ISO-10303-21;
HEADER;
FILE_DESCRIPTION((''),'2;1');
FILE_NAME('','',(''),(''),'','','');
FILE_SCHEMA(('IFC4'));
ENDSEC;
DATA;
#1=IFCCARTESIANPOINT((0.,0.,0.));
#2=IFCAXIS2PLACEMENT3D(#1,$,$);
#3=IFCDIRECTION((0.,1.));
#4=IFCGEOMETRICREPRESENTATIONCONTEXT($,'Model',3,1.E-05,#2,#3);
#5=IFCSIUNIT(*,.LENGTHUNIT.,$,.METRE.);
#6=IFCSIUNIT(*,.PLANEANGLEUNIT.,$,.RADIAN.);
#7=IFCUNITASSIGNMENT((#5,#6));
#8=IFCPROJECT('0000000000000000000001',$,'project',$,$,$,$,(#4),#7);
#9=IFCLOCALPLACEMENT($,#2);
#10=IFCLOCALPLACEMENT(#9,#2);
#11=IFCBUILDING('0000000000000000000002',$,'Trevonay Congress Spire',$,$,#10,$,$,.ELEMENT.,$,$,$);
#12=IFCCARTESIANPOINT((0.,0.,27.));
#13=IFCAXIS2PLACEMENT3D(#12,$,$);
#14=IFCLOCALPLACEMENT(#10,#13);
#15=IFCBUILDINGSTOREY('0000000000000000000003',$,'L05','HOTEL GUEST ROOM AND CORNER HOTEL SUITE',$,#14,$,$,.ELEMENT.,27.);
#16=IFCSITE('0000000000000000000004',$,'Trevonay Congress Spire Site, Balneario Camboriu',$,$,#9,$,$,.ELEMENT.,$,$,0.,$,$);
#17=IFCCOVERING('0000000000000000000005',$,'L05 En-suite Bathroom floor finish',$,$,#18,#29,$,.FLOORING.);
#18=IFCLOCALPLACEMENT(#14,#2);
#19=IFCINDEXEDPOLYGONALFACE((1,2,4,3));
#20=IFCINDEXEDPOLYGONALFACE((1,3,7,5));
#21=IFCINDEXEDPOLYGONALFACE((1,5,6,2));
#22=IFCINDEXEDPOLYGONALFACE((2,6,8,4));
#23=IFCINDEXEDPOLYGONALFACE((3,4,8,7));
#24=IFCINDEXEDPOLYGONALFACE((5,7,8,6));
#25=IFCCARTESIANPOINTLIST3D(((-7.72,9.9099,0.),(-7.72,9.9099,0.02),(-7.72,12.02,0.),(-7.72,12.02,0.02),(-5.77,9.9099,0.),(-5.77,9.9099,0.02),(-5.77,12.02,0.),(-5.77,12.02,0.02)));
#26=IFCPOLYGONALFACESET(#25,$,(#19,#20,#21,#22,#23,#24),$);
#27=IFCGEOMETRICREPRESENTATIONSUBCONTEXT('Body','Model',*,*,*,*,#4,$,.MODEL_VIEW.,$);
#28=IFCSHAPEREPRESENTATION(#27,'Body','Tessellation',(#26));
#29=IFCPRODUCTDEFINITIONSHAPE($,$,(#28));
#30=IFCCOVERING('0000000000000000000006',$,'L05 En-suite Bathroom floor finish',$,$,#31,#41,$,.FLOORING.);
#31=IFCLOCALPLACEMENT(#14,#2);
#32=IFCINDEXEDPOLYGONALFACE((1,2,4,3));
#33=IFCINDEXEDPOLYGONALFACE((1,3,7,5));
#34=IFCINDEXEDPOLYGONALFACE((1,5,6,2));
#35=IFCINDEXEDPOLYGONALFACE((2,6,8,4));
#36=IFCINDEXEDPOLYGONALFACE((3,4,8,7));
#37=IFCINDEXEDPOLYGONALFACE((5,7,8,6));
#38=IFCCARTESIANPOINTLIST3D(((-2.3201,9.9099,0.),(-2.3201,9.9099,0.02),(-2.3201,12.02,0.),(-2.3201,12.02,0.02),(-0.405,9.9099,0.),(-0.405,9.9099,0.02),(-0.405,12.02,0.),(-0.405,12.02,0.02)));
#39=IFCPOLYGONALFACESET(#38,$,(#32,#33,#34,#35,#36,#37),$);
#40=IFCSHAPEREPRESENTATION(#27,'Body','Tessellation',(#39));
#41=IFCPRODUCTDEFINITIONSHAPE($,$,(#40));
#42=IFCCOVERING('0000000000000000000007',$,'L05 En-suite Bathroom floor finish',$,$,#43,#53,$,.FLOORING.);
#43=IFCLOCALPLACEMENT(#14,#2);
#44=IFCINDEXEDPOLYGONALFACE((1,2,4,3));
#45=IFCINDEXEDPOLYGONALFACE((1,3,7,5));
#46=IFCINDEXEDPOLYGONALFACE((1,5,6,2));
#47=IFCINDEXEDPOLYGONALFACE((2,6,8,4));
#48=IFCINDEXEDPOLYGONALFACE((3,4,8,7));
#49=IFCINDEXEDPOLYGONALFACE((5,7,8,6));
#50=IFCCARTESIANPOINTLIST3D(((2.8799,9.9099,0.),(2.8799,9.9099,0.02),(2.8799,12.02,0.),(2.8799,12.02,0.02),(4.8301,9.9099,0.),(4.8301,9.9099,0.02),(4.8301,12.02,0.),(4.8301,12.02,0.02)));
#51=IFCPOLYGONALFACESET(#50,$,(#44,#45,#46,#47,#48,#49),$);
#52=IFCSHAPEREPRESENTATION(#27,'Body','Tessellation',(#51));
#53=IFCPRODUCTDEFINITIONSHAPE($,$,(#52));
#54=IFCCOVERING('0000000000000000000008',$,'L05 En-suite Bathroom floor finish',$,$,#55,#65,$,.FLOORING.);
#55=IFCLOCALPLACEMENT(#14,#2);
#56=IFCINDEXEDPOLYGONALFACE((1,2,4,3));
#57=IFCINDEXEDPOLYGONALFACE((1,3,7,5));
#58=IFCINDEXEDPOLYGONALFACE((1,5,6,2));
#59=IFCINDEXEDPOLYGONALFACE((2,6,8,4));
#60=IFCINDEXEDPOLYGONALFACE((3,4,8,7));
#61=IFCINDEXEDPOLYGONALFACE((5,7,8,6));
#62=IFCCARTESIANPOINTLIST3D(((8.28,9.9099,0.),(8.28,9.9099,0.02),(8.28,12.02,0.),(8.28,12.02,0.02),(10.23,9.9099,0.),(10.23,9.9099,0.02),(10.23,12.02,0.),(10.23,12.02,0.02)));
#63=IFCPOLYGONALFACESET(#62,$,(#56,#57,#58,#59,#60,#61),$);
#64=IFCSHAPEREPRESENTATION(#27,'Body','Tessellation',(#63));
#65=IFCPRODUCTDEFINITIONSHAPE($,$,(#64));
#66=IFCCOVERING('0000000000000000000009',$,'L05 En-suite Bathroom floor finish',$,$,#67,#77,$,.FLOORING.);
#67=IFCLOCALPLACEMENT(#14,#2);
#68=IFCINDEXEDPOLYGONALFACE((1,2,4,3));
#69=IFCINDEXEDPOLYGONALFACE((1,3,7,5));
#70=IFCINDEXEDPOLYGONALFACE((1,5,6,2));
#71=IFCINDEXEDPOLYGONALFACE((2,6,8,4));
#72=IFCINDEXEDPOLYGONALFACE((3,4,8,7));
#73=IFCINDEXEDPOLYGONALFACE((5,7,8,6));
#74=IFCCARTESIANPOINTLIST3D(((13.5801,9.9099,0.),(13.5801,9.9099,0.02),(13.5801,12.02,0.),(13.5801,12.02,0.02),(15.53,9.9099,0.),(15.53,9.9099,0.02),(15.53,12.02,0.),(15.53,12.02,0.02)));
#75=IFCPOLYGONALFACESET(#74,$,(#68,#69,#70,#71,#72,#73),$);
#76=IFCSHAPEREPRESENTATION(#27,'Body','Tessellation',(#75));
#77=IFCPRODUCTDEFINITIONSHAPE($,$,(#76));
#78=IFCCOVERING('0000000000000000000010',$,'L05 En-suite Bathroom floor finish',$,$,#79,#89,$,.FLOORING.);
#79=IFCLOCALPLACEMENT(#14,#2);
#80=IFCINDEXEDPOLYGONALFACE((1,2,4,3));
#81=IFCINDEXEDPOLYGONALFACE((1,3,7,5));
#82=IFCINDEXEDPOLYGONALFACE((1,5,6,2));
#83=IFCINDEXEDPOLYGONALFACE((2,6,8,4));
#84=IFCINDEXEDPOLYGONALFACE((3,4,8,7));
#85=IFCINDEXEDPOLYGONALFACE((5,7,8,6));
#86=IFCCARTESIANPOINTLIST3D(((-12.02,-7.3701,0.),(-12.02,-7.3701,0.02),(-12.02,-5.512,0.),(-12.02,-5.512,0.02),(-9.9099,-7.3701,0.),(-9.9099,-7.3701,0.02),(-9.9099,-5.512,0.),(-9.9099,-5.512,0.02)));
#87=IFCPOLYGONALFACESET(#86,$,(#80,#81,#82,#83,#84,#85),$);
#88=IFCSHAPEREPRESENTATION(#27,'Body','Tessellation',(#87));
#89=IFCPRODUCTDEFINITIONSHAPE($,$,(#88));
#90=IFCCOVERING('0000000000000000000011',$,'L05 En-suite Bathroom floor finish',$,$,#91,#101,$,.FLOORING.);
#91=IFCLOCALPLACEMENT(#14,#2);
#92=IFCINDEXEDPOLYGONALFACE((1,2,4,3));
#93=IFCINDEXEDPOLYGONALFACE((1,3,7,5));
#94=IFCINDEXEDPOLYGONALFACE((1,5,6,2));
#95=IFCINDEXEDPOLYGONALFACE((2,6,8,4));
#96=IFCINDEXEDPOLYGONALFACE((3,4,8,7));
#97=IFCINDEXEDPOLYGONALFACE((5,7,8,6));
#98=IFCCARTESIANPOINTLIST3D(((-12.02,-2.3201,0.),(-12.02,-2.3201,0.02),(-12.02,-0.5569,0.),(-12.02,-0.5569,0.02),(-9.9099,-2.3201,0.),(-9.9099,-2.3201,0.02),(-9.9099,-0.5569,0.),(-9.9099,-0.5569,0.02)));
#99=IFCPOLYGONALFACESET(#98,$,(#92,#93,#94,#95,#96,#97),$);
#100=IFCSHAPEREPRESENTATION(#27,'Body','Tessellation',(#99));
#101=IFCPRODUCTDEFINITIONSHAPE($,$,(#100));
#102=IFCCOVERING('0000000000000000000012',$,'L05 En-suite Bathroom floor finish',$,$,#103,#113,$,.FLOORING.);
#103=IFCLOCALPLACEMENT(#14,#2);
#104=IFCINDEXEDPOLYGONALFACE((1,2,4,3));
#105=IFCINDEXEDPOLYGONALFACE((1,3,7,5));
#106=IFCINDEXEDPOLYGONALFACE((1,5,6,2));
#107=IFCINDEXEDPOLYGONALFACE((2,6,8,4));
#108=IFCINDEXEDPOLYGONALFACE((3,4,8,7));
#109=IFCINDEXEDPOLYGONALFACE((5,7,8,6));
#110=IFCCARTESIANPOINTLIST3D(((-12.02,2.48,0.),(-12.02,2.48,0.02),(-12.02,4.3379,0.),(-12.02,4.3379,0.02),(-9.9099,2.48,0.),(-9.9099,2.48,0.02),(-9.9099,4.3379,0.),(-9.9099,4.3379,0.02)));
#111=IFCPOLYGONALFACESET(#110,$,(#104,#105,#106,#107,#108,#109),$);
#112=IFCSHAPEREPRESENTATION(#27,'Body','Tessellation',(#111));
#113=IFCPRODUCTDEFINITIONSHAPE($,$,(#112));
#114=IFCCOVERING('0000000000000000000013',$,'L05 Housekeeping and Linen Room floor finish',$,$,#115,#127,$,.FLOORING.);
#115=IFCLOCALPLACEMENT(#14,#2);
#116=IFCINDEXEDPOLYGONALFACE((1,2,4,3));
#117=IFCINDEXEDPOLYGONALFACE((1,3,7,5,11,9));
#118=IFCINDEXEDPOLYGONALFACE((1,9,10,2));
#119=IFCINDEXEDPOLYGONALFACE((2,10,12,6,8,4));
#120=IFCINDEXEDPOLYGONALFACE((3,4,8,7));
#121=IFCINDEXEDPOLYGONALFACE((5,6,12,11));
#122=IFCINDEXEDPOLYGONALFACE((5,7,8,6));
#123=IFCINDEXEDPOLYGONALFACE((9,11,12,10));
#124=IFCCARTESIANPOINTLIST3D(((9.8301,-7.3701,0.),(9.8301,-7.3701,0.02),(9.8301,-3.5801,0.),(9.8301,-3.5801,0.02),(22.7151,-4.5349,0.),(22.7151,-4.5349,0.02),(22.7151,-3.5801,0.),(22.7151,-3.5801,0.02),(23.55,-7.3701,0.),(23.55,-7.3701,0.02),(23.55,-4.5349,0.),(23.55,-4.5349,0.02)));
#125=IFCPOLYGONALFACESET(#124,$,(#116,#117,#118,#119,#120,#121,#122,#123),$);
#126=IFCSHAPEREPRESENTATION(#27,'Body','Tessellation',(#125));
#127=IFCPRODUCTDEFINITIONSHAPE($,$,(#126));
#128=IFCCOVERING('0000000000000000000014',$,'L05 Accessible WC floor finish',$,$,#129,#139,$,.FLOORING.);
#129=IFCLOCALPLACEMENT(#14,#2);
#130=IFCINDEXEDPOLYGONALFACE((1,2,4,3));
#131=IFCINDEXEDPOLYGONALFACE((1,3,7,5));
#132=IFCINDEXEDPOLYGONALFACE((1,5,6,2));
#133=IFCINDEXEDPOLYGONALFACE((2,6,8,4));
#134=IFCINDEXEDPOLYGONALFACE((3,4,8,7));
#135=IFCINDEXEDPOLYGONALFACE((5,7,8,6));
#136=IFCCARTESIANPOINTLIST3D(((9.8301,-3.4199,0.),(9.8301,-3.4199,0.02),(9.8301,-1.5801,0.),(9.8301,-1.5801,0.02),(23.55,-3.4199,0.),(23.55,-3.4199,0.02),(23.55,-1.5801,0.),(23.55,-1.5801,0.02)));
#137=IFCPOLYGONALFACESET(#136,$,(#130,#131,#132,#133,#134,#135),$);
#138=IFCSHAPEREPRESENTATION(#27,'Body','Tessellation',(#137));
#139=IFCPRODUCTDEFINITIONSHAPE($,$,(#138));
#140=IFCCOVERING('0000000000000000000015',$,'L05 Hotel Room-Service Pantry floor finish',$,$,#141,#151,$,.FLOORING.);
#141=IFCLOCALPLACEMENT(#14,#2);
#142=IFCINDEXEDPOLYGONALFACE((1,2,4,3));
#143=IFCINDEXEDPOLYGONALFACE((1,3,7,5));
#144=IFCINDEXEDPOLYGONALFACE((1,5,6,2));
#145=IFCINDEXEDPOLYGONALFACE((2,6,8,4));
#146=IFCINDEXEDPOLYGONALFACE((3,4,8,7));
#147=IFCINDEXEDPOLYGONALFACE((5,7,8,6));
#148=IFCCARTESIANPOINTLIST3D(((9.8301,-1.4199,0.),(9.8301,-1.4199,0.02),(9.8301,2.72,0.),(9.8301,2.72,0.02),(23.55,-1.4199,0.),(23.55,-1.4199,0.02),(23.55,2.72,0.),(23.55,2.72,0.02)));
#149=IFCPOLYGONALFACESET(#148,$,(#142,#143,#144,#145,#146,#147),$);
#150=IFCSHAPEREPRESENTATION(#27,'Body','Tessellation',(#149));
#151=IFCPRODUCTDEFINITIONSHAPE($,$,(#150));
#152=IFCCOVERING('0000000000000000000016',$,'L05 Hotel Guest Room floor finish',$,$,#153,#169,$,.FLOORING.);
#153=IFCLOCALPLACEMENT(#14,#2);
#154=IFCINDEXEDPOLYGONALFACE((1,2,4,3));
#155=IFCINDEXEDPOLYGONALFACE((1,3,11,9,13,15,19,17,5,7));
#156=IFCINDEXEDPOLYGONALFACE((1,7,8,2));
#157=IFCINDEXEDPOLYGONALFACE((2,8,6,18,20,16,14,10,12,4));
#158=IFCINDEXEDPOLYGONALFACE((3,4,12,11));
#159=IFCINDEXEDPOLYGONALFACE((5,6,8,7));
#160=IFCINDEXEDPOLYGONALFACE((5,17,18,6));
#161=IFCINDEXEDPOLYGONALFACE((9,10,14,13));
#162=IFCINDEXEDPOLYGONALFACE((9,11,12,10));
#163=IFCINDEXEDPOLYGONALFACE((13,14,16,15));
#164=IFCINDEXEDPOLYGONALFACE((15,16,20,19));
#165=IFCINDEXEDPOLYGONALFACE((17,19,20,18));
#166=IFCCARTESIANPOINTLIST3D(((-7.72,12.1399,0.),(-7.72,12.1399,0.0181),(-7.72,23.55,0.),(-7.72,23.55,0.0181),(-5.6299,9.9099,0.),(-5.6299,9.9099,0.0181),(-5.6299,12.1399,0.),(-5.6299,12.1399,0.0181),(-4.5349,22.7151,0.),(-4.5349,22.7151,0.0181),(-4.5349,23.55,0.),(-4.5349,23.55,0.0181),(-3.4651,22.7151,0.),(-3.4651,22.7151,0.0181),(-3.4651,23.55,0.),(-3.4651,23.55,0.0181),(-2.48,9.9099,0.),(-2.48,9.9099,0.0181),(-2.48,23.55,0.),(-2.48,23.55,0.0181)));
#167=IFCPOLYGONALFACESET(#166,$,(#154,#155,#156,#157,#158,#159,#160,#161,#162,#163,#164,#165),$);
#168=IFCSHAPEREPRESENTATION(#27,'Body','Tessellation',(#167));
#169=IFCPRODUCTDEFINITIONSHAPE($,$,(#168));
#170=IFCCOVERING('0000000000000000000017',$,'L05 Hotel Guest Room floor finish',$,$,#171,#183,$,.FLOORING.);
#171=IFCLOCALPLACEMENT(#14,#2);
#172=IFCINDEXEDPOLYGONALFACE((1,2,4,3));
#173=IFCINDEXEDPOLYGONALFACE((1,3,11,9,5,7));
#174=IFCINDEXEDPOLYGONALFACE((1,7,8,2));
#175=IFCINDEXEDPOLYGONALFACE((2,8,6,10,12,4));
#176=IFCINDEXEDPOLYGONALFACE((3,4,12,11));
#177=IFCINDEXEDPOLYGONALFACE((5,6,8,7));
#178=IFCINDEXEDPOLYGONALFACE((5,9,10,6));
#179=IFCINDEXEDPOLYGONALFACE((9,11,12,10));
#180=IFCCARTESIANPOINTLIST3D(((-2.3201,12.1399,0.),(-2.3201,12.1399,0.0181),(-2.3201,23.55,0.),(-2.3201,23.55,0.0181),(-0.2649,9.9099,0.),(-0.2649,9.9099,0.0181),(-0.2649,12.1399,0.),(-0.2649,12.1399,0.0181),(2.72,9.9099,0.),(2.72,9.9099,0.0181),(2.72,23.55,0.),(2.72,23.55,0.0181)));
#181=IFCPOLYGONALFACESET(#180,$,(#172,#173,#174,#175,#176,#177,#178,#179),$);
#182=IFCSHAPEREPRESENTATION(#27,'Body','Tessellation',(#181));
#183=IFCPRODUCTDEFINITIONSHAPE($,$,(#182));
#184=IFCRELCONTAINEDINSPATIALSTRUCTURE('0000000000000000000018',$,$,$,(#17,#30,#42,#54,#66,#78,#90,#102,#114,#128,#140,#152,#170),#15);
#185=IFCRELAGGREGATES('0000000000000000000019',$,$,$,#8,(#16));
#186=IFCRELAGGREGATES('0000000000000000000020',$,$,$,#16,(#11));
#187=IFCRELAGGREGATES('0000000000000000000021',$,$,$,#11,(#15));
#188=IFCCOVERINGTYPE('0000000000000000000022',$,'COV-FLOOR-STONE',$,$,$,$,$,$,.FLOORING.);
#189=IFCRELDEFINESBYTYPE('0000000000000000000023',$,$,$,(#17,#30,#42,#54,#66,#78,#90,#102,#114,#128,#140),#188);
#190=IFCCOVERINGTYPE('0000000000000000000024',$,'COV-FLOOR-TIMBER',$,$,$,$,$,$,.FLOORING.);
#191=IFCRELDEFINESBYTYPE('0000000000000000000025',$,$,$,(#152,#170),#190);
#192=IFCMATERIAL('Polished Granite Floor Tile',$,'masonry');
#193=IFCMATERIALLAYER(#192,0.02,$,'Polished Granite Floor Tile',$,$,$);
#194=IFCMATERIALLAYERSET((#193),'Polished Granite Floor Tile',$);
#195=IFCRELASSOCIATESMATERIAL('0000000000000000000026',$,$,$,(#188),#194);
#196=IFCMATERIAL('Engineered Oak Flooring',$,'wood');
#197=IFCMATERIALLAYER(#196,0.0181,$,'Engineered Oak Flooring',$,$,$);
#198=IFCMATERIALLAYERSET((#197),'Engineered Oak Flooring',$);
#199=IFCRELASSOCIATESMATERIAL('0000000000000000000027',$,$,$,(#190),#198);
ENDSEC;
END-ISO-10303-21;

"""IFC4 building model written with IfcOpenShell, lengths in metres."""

from ifc_helpers import new_model, si_unit, direction, frame, origin, place, context, subcontext, project, spatial, polyline, outline, extrude, material, layer, layer_set, type_object, element, save


model = new_model("IFC4")

# Units and contexts
model_context = context("Model", 3, precision=1e-05, world=origin(), true_north=direction((0.0, 1.0)))
body_context = subcontext(model_context, "Body", "Model", "MODEL_VIEW")
ifc_project = project(units=[si_unit("LENGTHUNIT", "METRE"), si_unit("PLANEANGLEUNIT", "RADIAN")], contexts=[model_context])

# Site, building, storey
site_placement = place(None, origin())
site = spatial("IfcSite", under=ifc_project, at=site_placement, Name="Trevonay Congress Spire Site, Balneario Camboriu", CompositionType="ELEMENT", RefElevation=0.0)
building_placement = place(site_placement, origin())
building = spatial("IfcBuilding", under=site, at=building_placement, Name="Trevonay Congress Spire", CompositionType="ELEMENT")
storey_placement = place(building_placement, frame((0.0, 0.0, 27.0)))
storey = spatial("IfcBuildingStorey", under=building, at=storey_placement, Name="L05", Description="HOTEL GUEST ROOM AND CORNER HOTEL SUITE", CompositionType="ELEMENT", Elevation=27.0)

# Coverings
ifc_material_1 = material(Name="Polished Granite Floor Tile", Category="masonry")
ifc_layer_1 = layer(ifc_material_1, 0.02, Name="Polished Granite Floor Tile")
ifc_layer_set_1 = layer_set([ifc_layer_1], Name="Polished Granite Floor Tile")
covering_type_1 = type_object("IfcCoveringType", Name="COV-FLOOR-STONE", PredefinedType="FLOORING", material=ifc_layer_set_1)
covering_1_placement = place(storey_placement, origin())
element("IfcCovering", 1, at=covering_1_placement, inside=storey, type_object=covering_type_1, Name="L05 En-suite Bathroom floor finish", PredefinedType="FLOORING", context=body_context, shape_type="SweptSolid", body=[
    extrude(outline(polyline([(-7.72, 9.9099), (-5.77, 9.9099), (-5.77, 12.02), (-7.72, 12.02), (-7.72, 9.9099)])), origin(), (0.0, 0.0, 1.0), 0.02),
])
covering_2_placement = place(storey_placement, origin())
element("IfcCovering", 2, at=covering_2_placement, inside=storey, type_object=covering_type_1, Name="L05 En-suite Bathroom floor finish", PredefinedType="FLOORING", context=body_context, shape_type="SweptSolid", body=[
    extrude(outline(polyline([(-2.3201, 9.9099), (-0.405, 9.9099), (-0.405, 12.02), (-2.3201, 12.02), (-2.3201, 9.9099)])), origin(), (0.0, 0.0, 1.0), 0.02),
])
covering_3_placement = place(storey_placement, origin())
element("IfcCovering", 3, at=covering_3_placement, inside=storey, type_object=covering_type_1, Name="L05 En-suite Bathroom floor finish", PredefinedType="FLOORING", context=body_context, shape_type="SweptSolid", body=[
    extrude(outline(polyline([(2.8799, 9.9099), (4.8301, 9.9099), (4.8301, 12.02), (2.8799, 12.02), (2.8799, 9.9099)])), origin(), (0.0, 0.0, 1.0), 0.02),
])
covering_4_placement = place(storey_placement, origin())
element("IfcCovering", 4, at=covering_4_placement, inside=storey, type_object=covering_type_1, Name="L05 En-suite Bathroom floor finish", PredefinedType="FLOORING", context=body_context, shape_type="SweptSolid", body=[
    extrude(outline(polyline([(8.28, 9.9099), (10.23, 9.9099), (10.23, 12.02), (8.28, 12.02), (8.28, 9.9099)])), origin(), (0.0, 0.0, 1.0), 0.02),
])
covering_5_placement = place(storey_placement, origin())
element("IfcCovering", 5, at=covering_5_placement, inside=storey, type_object=covering_type_1, Name="L05 En-suite Bathroom floor finish", PredefinedType="FLOORING", context=body_context, shape_type="SweptSolid", body=[
    extrude(outline(polyline([(13.5801, 9.9099), (15.53, 9.9099), (15.53, 12.02), (13.5801, 12.02), (13.5801, 9.9099)])), origin(), (0.0, 0.0, 1.0), 0.02),
])
covering_6_placement = place(storey_placement, origin())
element("IfcCovering", 6, at=covering_6_placement, inside=storey, type_object=covering_type_1, Name="L05 En-suite Bathroom floor finish", PredefinedType="FLOORING", context=body_context, shape_type="SweptSolid", body=[
    extrude(outline(polyline([(-12.02, -7.3701), (-9.9099, -7.3701), (-9.9099, -5.512), (-12.02, -5.512), (-12.02, -7.3701)])), origin(), (0.0, 0.0, 1.0), 0.02),
])
covering_7_placement = place(storey_placement, origin())
element("IfcCovering", 7, at=covering_7_placement, inside=storey, type_object=covering_type_1, Name="L05 En-suite Bathroom floor finish", PredefinedType="FLOORING", context=body_context, shape_type="SweptSolid", body=[
    extrude(outline(polyline([(-12.02, -2.3201), (-9.9099, -2.3201), (-9.9099, -0.5569), (-12.02, -0.5569), (-12.02, -2.3201)])), origin(), (0.0, 0.0, 1.0), 0.02),
])
covering_8_placement = place(storey_placement, origin())
element("IfcCovering", 8, at=covering_8_placement, inside=storey, type_object=covering_type_1, Name="L05 En-suite Bathroom floor finish", PredefinedType="FLOORING", context=body_context, shape_type="SweptSolid", body=[
    extrude(outline(polyline([(-12.02, 2.48), (-9.9099, 2.48), (-9.9099, 4.3379), (-12.02, 4.3379), (-12.02, 2.48)])), origin(), (0.0, 0.0, 1.0), 0.02),
])
covering_9_placement = place(storey_placement, origin())
element("IfcCovering", 9, at=covering_9_placement, inside=storey, type_object=covering_type_1, Name="L05 Housekeeping and Linen Room floor finish", PredefinedType="FLOORING", context=body_context, shape_type="SweptSolid", body=[
    extrude(outline(polyline([(23.55, -7.3701), (9.8301, -7.3701), (9.8301, -3.5801), (22.7151, -3.5801), (22.7151, -4.5349), (23.55, -4.5349), (23.55, -7.3701)])), origin(), (0.0, 0.0, 1.0), 0.02),
])
covering_10_placement = place(storey_placement, origin())
element("IfcCovering", 10, at=covering_10_placement, inside=storey, type_object=covering_type_1, Name="L05 Accessible WC floor finish", PredefinedType="FLOORING", context=body_context, shape_type="SweptSolid", body=[
    extrude(outline(polyline([(9.8301, -3.4199), (23.55, -3.4199), (23.55, -1.5801), (9.8301, -1.5801), (9.8301, -3.4199)])), origin(), (0.0, 0.0, 1.0), 0.02),
])
covering_11_placement = place(storey_placement, origin())
element("IfcCovering", 11, at=covering_11_placement, inside=storey, type_object=covering_type_1, Name="L05 Hotel Room-Service Pantry floor finish", PredefinedType="FLOORING", context=body_context, shape_type="SweptSolid", body=[
    extrude(outline(polyline([(9.8301, -1.4199), (23.55, -1.4199), (23.55, 2.72), (9.8301, 2.72), (9.8301, -1.4199)])), origin(), (0.0, 0.0, 1.0), 0.02),
])
ifc_material_2 = material(Name="Engineered Oak Flooring", Category="wood")
ifc_layer_2 = layer(ifc_material_2, 0.0181, Name="Engineered Oak Flooring")
ifc_layer_set_2 = layer_set([ifc_layer_2], Name="Engineered Oak Flooring")
covering_type_2 = type_object("IfcCoveringType", Name="COV-FLOOR-TIMBER", PredefinedType="FLOORING", material=ifc_layer_set_2)
covering_12_placement = place(storey_placement, origin())
element("IfcCovering", 12, at=covering_12_placement, inside=storey, type_object=covering_type_2, Name="L05 Hotel Guest Room floor finish", PredefinedType="FLOORING", context=body_context, shape_type="SweptSolid", body=[
    extrude(outline(polyline([(-2.48, 23.55), (-2.48, 9.9099), (-5.6299, 9.9099), (-5.6299, 12.1399), (-7.72, 12.1399), (-7.72, 23.55), (-4.5349, 23.55), (-4.5349, 22.7151), (-3.4651, 22.7151), (-3.4651, 23.55), (-2.48, 23.55)])), origin(), (0.0, 0.0, 1.0), 0.0181),
])
covering_13_placement = place(storey_placement, origin())
element("IfcCovering", 13, at=covering_13_placement, inside=storey, type_object=covering_type_2, Name="L05 Hotel Guest Room floor finish", PredefinedType="FLOORING", context=body_context, shape_type="SweptSolid", body=[
    extrude(outline(polyline([(-0.2649, 9.9099), (2.72, 9.9099), (2.72, 23.55), (-2.3201, 23.55), (-2.3201, 12.1399), (-0.2649, 12.1399), (-0.2649, 9.9099)])), origin(), (0.0, 0.0, 1.0), 0.0181),
])

save(model, "model.ifc")
